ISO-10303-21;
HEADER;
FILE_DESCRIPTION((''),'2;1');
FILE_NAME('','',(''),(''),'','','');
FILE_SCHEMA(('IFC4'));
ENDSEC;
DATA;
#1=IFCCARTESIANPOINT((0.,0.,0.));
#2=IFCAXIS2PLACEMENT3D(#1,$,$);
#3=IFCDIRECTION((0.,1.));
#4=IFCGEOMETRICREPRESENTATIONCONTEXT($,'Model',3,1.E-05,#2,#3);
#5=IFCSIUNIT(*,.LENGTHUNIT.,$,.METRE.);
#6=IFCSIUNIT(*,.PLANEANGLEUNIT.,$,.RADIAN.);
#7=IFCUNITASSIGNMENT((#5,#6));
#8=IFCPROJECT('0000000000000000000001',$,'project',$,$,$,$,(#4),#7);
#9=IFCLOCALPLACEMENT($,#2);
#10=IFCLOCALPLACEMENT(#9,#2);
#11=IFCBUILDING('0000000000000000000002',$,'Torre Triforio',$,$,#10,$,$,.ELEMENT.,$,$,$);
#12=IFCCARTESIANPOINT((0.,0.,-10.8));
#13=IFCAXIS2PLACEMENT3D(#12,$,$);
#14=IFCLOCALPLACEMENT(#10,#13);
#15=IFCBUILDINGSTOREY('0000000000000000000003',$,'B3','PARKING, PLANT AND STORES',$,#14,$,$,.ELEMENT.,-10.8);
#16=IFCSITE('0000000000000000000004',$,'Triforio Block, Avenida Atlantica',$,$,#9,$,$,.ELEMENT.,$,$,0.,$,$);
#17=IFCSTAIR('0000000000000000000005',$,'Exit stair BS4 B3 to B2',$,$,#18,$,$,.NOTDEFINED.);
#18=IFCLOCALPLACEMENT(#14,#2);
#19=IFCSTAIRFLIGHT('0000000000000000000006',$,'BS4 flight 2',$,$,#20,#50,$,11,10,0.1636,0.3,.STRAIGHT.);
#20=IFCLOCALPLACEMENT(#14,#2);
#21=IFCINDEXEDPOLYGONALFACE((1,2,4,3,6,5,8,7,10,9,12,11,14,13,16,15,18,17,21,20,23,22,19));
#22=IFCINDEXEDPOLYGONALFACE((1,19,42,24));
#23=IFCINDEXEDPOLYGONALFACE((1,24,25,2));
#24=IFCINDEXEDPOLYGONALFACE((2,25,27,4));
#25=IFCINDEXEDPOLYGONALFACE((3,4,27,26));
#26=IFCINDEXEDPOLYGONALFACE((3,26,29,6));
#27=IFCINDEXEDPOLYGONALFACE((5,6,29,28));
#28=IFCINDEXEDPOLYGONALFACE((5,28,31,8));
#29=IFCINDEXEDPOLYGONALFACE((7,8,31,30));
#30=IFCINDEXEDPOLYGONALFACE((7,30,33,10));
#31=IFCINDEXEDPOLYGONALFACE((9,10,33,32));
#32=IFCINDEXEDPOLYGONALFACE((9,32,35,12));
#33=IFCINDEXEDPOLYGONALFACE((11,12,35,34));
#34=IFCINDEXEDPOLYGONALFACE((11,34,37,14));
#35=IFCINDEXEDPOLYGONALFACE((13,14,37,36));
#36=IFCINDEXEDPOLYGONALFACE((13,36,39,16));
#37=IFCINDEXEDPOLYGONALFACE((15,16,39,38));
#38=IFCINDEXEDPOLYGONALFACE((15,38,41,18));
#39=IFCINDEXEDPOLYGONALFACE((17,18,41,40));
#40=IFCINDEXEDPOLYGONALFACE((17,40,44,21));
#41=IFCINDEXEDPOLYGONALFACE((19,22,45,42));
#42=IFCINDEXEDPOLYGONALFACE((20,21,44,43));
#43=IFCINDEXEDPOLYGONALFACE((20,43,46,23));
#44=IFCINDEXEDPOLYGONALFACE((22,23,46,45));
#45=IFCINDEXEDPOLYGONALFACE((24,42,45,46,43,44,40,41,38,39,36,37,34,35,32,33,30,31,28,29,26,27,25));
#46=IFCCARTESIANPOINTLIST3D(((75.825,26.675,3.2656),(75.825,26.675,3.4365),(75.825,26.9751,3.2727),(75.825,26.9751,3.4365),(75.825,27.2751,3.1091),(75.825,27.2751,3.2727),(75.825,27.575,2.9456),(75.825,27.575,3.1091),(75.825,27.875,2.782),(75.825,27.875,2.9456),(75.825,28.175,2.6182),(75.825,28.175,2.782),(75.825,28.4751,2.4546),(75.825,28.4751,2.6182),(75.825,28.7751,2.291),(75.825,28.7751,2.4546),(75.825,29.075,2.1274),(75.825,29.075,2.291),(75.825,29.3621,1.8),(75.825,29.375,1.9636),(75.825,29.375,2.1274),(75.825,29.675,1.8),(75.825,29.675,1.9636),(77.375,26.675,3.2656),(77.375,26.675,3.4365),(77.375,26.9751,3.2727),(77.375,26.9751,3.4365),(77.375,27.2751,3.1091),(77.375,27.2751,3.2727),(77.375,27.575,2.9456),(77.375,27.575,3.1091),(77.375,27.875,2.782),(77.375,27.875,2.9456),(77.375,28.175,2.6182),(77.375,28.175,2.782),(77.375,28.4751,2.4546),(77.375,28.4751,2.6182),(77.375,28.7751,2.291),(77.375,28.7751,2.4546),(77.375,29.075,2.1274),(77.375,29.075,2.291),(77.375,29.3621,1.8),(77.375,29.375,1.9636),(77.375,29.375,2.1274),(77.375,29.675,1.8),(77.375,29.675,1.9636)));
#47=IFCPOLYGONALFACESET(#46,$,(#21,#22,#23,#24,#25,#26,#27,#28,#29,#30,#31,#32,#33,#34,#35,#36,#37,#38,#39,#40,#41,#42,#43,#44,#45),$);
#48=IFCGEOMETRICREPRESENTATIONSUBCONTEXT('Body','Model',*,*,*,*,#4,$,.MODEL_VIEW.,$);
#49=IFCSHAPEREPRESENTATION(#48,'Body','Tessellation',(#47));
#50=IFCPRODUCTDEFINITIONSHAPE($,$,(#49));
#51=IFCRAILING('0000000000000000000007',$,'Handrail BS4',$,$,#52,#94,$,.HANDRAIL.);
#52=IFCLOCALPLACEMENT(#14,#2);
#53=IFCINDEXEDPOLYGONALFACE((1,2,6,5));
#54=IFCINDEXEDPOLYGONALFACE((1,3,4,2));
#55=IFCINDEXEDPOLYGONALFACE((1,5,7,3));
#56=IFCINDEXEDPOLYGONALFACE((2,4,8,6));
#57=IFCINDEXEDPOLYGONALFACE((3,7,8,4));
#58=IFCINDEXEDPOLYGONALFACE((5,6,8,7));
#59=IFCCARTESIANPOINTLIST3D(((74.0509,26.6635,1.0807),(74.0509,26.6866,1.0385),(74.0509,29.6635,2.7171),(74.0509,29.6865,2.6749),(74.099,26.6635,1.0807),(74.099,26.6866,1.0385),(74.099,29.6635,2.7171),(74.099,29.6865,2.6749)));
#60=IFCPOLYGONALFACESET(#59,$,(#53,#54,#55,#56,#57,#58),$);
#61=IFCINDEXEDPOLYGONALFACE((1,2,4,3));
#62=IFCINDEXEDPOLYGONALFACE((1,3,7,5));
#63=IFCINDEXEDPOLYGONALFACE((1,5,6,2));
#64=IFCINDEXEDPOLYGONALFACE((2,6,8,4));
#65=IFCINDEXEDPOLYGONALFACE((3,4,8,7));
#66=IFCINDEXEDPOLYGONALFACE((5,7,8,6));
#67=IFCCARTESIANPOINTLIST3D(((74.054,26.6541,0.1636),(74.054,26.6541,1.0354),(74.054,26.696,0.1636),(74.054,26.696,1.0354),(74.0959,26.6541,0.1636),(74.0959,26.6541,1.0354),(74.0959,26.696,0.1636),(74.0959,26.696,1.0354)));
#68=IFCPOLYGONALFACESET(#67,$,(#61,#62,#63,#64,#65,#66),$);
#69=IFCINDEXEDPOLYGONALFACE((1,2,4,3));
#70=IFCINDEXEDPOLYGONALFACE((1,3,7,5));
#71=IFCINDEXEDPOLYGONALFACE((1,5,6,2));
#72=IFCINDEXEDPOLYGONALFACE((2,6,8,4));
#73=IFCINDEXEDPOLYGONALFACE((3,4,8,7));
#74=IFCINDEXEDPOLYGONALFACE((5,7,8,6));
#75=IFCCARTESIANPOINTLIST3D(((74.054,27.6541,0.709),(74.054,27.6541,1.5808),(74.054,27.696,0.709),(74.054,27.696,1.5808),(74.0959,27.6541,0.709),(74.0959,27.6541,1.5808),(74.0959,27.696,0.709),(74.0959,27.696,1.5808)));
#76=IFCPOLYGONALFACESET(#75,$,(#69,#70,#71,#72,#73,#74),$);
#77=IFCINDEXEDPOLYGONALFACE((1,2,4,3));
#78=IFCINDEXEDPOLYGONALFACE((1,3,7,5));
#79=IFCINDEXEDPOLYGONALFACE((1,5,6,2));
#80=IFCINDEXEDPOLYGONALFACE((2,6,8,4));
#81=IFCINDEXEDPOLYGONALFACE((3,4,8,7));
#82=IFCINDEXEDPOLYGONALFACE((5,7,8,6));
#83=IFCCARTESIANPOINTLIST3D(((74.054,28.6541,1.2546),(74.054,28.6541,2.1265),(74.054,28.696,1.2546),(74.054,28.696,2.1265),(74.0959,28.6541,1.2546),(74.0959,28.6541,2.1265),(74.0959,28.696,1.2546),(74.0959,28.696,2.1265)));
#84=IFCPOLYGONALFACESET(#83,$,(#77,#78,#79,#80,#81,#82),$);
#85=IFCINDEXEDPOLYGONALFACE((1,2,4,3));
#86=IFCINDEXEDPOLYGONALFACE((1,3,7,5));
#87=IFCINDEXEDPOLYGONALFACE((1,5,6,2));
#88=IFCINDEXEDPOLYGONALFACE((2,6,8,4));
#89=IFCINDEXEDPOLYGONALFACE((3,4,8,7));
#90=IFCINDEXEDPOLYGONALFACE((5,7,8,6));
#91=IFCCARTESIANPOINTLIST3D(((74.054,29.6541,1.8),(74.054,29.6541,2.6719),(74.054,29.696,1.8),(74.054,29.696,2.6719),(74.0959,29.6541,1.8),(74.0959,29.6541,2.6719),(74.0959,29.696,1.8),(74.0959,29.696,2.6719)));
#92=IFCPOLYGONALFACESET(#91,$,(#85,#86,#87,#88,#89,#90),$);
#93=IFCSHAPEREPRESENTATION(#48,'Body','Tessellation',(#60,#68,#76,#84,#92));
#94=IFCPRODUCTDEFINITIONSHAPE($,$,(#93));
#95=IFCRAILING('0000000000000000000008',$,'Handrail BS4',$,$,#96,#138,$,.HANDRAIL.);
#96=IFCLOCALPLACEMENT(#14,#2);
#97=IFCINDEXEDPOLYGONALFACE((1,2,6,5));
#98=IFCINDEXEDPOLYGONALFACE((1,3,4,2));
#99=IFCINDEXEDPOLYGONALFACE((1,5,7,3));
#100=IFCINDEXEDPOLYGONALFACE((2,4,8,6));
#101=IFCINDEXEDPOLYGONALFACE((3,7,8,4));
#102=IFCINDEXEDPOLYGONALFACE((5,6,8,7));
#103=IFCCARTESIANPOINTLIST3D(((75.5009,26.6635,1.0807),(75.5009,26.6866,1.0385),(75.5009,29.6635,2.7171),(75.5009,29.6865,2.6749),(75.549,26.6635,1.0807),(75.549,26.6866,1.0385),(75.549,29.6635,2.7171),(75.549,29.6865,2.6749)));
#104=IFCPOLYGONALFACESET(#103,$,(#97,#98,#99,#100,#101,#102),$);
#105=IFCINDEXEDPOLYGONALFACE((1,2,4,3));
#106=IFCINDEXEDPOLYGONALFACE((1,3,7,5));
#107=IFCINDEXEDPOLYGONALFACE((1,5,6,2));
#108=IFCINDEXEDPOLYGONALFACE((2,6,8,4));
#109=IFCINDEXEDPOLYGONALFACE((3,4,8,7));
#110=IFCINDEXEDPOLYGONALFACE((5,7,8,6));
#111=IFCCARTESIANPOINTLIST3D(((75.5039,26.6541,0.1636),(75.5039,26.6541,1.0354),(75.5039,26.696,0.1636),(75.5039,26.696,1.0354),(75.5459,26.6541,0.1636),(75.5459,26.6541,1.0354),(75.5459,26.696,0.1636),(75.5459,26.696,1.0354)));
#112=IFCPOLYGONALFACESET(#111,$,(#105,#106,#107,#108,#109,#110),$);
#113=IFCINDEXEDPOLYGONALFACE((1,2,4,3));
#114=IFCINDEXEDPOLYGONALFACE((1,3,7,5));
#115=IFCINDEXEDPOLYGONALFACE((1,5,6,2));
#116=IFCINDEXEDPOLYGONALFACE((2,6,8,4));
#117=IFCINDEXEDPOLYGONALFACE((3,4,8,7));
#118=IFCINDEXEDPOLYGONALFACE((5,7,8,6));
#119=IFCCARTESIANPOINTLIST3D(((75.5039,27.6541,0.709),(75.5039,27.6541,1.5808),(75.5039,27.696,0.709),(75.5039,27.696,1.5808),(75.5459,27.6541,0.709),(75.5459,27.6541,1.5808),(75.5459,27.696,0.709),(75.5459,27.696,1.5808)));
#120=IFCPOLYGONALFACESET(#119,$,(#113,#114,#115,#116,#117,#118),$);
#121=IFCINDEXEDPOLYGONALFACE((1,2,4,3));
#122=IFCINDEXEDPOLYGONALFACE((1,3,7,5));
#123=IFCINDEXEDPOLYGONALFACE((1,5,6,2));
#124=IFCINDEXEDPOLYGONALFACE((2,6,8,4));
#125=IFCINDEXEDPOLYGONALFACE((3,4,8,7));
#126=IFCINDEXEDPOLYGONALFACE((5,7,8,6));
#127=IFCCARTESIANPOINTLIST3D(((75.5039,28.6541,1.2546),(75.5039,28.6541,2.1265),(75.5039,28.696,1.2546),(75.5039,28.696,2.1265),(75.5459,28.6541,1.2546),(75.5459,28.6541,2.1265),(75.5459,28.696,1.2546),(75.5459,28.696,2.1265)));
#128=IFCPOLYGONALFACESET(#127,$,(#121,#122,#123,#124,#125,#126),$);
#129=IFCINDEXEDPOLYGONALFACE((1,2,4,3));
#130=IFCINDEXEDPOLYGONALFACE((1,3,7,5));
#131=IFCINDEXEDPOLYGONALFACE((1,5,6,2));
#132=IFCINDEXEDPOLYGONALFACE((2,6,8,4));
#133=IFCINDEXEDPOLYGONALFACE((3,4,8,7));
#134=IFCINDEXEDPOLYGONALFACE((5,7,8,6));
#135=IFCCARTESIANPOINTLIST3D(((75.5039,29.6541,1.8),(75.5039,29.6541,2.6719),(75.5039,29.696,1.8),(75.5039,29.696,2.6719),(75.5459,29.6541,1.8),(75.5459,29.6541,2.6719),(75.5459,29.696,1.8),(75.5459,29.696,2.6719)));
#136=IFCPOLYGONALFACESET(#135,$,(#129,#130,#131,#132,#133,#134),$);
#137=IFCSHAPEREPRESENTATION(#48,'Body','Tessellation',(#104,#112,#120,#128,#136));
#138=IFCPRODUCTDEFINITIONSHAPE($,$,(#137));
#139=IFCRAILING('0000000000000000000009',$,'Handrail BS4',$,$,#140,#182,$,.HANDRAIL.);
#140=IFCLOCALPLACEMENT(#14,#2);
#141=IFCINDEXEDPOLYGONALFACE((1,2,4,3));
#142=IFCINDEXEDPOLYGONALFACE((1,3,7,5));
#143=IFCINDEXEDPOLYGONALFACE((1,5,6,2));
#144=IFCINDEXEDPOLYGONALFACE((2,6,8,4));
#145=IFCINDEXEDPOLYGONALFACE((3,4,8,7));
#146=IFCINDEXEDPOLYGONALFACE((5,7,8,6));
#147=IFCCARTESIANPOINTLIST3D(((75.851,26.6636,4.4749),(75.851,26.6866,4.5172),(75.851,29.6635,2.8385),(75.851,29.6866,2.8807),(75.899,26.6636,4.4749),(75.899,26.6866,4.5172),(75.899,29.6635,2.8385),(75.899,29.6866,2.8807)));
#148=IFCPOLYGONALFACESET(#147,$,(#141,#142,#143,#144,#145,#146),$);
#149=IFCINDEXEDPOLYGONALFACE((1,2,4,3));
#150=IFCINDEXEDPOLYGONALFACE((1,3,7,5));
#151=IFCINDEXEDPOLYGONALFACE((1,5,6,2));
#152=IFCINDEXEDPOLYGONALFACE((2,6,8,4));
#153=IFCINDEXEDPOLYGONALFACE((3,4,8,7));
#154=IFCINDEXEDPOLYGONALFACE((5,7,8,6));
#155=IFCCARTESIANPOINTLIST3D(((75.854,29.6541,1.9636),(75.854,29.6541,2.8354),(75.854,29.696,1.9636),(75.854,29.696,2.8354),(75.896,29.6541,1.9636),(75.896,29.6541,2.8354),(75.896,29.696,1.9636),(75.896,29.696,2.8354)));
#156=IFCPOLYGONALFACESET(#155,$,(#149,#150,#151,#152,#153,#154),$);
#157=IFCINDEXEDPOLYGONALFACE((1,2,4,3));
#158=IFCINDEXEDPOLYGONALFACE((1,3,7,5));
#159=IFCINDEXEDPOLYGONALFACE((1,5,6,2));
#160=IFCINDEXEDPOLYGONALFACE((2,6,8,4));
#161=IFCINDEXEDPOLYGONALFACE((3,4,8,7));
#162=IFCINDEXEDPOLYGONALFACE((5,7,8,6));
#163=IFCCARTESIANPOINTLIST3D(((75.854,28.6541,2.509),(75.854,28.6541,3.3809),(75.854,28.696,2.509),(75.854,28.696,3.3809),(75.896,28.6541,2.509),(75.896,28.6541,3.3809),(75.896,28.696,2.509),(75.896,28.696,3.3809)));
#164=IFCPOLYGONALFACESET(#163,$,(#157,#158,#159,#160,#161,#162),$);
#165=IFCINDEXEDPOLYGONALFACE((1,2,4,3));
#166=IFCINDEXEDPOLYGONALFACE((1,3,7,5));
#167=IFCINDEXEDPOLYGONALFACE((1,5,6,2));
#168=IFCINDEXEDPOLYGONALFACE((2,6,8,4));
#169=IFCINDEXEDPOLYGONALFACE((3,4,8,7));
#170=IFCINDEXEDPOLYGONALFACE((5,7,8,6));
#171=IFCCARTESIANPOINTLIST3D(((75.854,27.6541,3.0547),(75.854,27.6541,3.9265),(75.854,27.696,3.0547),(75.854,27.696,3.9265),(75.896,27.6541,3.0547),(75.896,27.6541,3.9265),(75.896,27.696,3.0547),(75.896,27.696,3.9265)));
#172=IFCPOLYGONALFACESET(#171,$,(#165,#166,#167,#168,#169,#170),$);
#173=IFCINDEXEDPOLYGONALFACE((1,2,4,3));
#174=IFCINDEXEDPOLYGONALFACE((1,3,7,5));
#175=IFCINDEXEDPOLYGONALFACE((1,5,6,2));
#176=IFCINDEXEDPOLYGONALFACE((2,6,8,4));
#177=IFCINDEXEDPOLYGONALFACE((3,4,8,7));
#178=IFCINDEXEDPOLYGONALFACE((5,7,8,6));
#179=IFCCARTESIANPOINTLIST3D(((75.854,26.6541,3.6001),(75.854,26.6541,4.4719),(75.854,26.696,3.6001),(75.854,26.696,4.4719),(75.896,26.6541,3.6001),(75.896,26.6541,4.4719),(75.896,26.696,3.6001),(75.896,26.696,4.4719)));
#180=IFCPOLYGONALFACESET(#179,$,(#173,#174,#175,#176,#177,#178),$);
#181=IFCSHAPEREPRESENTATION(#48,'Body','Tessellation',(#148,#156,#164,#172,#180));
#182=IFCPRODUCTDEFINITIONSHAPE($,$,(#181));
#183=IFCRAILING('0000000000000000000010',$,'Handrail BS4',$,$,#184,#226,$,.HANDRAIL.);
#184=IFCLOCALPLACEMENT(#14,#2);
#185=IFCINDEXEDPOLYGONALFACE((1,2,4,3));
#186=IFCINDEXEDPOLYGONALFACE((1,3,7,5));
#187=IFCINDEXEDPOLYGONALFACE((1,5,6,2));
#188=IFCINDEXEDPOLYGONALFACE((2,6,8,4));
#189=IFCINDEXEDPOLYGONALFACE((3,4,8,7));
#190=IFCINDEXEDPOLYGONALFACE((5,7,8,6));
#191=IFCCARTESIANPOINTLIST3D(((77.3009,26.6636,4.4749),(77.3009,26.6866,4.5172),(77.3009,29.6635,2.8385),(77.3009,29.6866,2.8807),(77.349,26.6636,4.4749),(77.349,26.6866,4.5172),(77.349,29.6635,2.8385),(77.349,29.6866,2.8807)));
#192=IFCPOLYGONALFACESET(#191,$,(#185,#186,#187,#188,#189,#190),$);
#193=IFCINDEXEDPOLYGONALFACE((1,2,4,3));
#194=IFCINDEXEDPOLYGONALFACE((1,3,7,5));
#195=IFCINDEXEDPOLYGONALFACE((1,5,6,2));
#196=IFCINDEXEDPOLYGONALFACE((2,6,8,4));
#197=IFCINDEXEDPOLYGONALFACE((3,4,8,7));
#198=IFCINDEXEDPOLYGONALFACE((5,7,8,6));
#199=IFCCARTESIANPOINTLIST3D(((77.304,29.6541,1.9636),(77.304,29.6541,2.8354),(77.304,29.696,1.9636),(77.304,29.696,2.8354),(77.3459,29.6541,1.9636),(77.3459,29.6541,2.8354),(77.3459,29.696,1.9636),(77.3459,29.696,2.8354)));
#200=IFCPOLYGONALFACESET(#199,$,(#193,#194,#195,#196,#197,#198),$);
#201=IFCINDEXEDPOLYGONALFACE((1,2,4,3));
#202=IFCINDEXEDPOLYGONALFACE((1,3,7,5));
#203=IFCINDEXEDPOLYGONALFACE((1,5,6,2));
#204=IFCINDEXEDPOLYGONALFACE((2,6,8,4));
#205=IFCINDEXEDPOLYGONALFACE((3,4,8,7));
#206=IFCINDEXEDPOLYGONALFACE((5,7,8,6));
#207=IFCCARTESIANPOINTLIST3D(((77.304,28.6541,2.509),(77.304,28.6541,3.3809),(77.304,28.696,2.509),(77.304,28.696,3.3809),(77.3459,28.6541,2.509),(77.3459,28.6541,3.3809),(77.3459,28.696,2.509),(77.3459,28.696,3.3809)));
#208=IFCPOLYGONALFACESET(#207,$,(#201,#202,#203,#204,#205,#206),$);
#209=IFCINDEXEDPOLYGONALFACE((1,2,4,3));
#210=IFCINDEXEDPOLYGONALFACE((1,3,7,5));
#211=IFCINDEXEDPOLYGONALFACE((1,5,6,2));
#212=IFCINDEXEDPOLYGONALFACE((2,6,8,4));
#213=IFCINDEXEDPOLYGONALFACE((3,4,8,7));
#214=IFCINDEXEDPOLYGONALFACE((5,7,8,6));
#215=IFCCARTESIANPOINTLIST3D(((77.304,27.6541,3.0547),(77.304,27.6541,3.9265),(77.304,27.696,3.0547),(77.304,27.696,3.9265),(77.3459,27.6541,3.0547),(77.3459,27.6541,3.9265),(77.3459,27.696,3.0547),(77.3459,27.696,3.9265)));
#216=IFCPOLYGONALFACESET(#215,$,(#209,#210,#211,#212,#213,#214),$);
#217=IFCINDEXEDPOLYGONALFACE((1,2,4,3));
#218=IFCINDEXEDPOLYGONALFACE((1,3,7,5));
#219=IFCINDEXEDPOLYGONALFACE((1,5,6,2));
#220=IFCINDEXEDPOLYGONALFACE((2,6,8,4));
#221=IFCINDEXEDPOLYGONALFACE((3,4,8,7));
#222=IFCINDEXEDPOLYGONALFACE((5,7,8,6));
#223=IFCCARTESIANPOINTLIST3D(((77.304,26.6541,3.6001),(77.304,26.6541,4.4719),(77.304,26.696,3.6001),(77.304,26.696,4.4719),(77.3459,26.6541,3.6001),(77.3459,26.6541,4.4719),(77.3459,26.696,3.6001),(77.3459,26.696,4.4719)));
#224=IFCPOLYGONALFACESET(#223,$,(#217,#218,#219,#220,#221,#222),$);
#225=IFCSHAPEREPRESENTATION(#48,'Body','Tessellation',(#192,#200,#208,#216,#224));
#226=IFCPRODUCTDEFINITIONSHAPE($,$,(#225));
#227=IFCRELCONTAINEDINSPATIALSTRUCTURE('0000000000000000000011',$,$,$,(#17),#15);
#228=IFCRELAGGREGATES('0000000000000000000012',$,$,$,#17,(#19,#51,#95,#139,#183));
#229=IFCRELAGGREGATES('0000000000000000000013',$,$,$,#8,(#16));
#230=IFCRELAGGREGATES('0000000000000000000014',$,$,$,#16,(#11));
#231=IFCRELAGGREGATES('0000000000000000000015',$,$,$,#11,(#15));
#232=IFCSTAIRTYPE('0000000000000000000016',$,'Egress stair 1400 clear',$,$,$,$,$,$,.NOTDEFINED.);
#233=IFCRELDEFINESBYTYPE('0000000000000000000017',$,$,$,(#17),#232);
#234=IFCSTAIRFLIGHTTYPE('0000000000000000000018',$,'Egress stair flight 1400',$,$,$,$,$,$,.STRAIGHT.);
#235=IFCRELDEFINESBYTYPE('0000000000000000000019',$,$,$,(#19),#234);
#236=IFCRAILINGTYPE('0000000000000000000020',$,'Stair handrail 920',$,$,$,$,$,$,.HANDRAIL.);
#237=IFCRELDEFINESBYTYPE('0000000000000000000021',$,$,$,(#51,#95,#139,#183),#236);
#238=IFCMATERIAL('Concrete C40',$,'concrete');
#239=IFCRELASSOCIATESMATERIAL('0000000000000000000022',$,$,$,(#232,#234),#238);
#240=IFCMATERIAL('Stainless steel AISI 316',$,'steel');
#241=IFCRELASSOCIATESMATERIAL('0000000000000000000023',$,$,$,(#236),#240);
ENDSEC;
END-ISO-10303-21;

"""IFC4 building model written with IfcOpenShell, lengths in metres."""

from ifc_helpers import new_model, si_unit, direction, frame, origin, origin_2d, place, context, subcontext, project, spatial, polyline, rectangle, outline, extrude, material, type_object, element, aggregate, save


model = new_model("IFC4")

# Units and contexts
model_context = context("Model", 3, precision=1e-05, world=origin(), true_north=direction((0.0, 1.0)))
body_context = subcontext(model_context, "Body", "Model", "MODEL_VIEW")
ifc_project = project(units=[si_unit("LENGTHUNIT", "METRE"), si_unit("PLANEANGLEUNIT", "RADIAN")], contexts=[model_context])

# Site, building, storey
site_placement = place(None, origin())
site = spatial("IfcSite", under=ifc_project, at=site_placement, Name="Triforio Block, Avenida Atlantica", CompositionType="ELEMENT", RefElevation=0.0)
building_placement = place(site_placement, origin())
building = spatial("IfcBuilding", under=site, at=building_placement, Name="Torre Triforio", CompositionType="ELEMENT")
storey_placement = place(building_placement, frame((0.0, 0.0, -10.8)))
storey = spatial("IfcBuildingStorey", under=building, at=storey_placement, Name="B3", Description="PARKING, PLANT AND STORES", CompositionType="ELEMENT", Elevation=-10.8)

# Shared definitions
ifc_material_1 = material(Name="Concrete C40", Category="concrete")

# Stair, stair flight, railings
stair_type = type_object("IfcStairType", Name="Egress stair 1400 clear", PredefinedType="NOTDEFINED", material=ifc_material_1)
stair_placement = place(storey_placement, origin())
stair = element("IfcStair", 1, at=stair_placement, inside=storey, type_object=stair_type, Name="Exit stair BS4 B3 to B2", PredefinedType="NOTDEFINED")
stair_flight_type = type_object("IfcStairFlightType", Name="Egress stair flight 1400", PredefinedType="STRAIGHT", material=ifc_material_1)
stair_flight_1_placement = place(storey_placement, frame((76.6001, 29.675, 1.8), z_axis=(0.0, 0.0, 1.0), x_axis=(0.0, -1.0, 0.0)))
stair_flight_1 = element("IfcStairFlight", 2, at=stair_flight_1_placement, type_object=stair_flight_type, Name="BS4 flight 2", NumberOfRisers=11, NumberOfTreads=10, PredefinedType="STRAIGHT", RiserHeight=0.1636, TreadLength=0.3, context=body_context, shape_type="SweptSolid", body=[
    extrude(outline(polyline([(0.0, 0.0), (0.0, 0.1636), (0.3, 0.1636), (0.3, 0.3274), (0.6001, 0.3274), (0.6001, 0.491), (0.8999, 0.491), (0.8999, 0.6545), (1.2, 0.6545), (1.2, 0.8181), (1.5, 0.8181), (1.5, 0.9819), (1.8, 0.9819), (1.8, 1.1455), (2.1001, 1.1455), (2.1001, 1.3091), (2.3999, 1.3091), (2.3999, 1.4727), (2.7, 1.4727), (2.7, 1.6365), (3.0, 1.6365), (3.0, 1.8), (3.0, 1.4656), (0.313, 0.0), (0.0, 0.0)])), frame((0.0, 0.7749, 0.0), z_axis=(0.0, -1.0, 0.0), x_axis=(1.0, 0.0, 0.0)), (0.0, 0.0, 1.0), 1.55),
])
ifc_material_2 = material(Name="Stainless steel AISI 316", Category="steel")
railing_type = type_object("IfcRailingType", Name="Stair handrail 920", PredefinedType="HANDRAIL", material=ifc_material_2)
railing_1_placement = place(storey_placement, frame((74.075, 26.675, 0.1636)))
railing_1 = element("IfcRailing", 3, at=railing_1_placement, type_object=railing_type, Name="Handrail BS4", PredefinedType="HANDRAIL", context=body_context, shape_type="SweptSolid", body=[
    extrude(rectangle(XDim=0.0481, YDim=0.0481, at=origin_2d()), frame((0.0, 0.0, 0.896), z_axis=(0.0, 0.877882, 0.478877), x_axis=(-1.0, 0.0, 0.0)), (0.0, 0.0, 1.0), 3.4172),
    extrude(rectangle(XDim=0.042, YDim=0.042, at=origin_2d()), origin(), (0.0, 0.0, 1.0), 0.8718),
    extrude(rectangle(XDim=0.042, YDim=0.042, at=origin_2d()), frame((0.0, 1.0, 0.5454)), (0.0, 0.0, 1.0), 0.8718),
    extrude(rectangle(XDim=0.042, YDim=0.042, at=origin_2d()), frame((0.0, 2.0, 1.0911)), (0.0, 0.0, 1.0), 0.8718),
    extrude(rectangle(XDim=0.042, YDim=0.042, at=origin_2d()), frame((0.0, 3.0, 1.6365)), (0.0, 0.0, 1.0), 0.8718),
])
railing_2_placement = place(storey_placement, frame((75.5249, 26.675, 0.1636)))
railing_2 = element("IfcRailing", 4, at=railing_2_placement, type_object=railing_type, Name="Handrail BS4", PredefinedType="HANDRAIL", context=body_context, shape_type="SweptSolid", body=[
    extrude(rectangle(XDim=0.0481, YDim=0.0481, at=origin_2d()), frame((0.0, 0.0, 0.896), z_axis=(0.0, 0.877882, 0.478877), x_axis=(-1.0, 0.0, 0.0)), (0.0, 0.0, 1.0), 3.4172),
    extrude(rectangle(XDim=0.042, YDim=0.042, at=origin_2d()), origin(), (0.0, 0.0, 1.0), 0.8718),
    extrude(rectangle(XDim=0.042, YDim=0.042, at=origin_2d()), frame((0.0, 1.0, 0.5454)), (0.0, 0.0, 1.0), 0.8718),
    extrude(rectangle(XDim=0.042, YDim=0.042, at=origin_2d()), frame((0.0, 2.0, 1.0911)), (0.0, 0.0, 1.0), 0.8718),
    extrude(rectangle(XDim=0.042, YDim=0.042, at=origin_2d()), frame((0.0, 3.0, 1.6365)), (0.0, 0.0, 1.0), 0.8718),
])
railing_3_placement = place(storey_placement, frame((75.875, 29.675, 1.9636)))
railing_3 = element("IfcRailing", 5, at=railing_3_placement, type_object=railing_type, Name="Handrail BS4", PredefinedType="HANDRAIL", context=body_context, shape_type="SweptSolid", body=[
    extrude(rectangle(XDim=0.0481, YDim=0.0481, at=origin_2d()), frame((0.0, 0.0, 0.896), z_axis=(0.0, -0.877882, 0.478877), x_axis=(1.0, 0.0, 0.0)), (0.0, 0.0, 1.0), 3.4172),
    extrude(rectangle(XDim=0.042, YDim=0.042, at=origin_2d()), origin(), (0.0, 0.0, 1.0), 0.8718),
    extrude(rectangle(XDim=0.042, YDim=0.042, at=origin_2d()), frame((0.0, -1.0, 0.5454)), (0.0, 0.0, 1.0), 0.8718),
    extrude(rectangle(XDim=0.042, YDim=0.042, at=origin_2d()), frame((0.0, -2.0, 1.0911)), (0.0, 0.0, 1.0), 0.8718),
    extrude(rectangle(XDim=0.042, YDim=0.042, at=origin_2d()), frame((0.0, -3.0, 1.6365)), (0.0, 0.0, 1.0), 0.8718),
])
railing_4_placement = place(storey_placement, frame((77.325, 29.675, 1.9636)))
railing_4 = element("IfcRailing", 6, at=railing_4_placement, type_object=railing_type, Name="Handrail BS4", PredefinedType="HANDRAIL", context=body_context, shape_type="SweptSolid", body=[
    extrude(rectangle(XDim=0.0481, YDim=0.0481, at=origin_2d()), frame((0.0, 0.0, 0.896), z_axis=(0.0, -0.877882, 0.478877), x_axis=(1.0, 0.0, 0.0)), (0.0, 0.0, 1.0), 3.4172),
    extrude(rectangle(XDim=0.042, YDim=0.042, at=origin_2d()), origin(), (0.0, 0.0, 1.0), 0.8718),
    extrude(rectangle(XDim=0.042, YDim=0.042, at=origin_2d()), frame((0.0, -1.0, 0.5454)), (0.0, 0.0, 1.0), 0.8718),
    extrude(rectangle(XDim=0.042, YDim=0.042, at=origin_2d()), frame((0.0, -2.0, 1.0911)), (0.0, 0.0, 1.0), 0.8718),
    extrude(rectangle(XDim=0.042, YDim=0.042, at=origin_2d()), frame((0.0, -3.0, 1.6365)), (0.0, 0.0, 1.0), 0.8718),
])
aggregate(stair, [stair_flight_1, railing_1, railing_2, railing_3, railing_4])

save(model, "model.ifc")
